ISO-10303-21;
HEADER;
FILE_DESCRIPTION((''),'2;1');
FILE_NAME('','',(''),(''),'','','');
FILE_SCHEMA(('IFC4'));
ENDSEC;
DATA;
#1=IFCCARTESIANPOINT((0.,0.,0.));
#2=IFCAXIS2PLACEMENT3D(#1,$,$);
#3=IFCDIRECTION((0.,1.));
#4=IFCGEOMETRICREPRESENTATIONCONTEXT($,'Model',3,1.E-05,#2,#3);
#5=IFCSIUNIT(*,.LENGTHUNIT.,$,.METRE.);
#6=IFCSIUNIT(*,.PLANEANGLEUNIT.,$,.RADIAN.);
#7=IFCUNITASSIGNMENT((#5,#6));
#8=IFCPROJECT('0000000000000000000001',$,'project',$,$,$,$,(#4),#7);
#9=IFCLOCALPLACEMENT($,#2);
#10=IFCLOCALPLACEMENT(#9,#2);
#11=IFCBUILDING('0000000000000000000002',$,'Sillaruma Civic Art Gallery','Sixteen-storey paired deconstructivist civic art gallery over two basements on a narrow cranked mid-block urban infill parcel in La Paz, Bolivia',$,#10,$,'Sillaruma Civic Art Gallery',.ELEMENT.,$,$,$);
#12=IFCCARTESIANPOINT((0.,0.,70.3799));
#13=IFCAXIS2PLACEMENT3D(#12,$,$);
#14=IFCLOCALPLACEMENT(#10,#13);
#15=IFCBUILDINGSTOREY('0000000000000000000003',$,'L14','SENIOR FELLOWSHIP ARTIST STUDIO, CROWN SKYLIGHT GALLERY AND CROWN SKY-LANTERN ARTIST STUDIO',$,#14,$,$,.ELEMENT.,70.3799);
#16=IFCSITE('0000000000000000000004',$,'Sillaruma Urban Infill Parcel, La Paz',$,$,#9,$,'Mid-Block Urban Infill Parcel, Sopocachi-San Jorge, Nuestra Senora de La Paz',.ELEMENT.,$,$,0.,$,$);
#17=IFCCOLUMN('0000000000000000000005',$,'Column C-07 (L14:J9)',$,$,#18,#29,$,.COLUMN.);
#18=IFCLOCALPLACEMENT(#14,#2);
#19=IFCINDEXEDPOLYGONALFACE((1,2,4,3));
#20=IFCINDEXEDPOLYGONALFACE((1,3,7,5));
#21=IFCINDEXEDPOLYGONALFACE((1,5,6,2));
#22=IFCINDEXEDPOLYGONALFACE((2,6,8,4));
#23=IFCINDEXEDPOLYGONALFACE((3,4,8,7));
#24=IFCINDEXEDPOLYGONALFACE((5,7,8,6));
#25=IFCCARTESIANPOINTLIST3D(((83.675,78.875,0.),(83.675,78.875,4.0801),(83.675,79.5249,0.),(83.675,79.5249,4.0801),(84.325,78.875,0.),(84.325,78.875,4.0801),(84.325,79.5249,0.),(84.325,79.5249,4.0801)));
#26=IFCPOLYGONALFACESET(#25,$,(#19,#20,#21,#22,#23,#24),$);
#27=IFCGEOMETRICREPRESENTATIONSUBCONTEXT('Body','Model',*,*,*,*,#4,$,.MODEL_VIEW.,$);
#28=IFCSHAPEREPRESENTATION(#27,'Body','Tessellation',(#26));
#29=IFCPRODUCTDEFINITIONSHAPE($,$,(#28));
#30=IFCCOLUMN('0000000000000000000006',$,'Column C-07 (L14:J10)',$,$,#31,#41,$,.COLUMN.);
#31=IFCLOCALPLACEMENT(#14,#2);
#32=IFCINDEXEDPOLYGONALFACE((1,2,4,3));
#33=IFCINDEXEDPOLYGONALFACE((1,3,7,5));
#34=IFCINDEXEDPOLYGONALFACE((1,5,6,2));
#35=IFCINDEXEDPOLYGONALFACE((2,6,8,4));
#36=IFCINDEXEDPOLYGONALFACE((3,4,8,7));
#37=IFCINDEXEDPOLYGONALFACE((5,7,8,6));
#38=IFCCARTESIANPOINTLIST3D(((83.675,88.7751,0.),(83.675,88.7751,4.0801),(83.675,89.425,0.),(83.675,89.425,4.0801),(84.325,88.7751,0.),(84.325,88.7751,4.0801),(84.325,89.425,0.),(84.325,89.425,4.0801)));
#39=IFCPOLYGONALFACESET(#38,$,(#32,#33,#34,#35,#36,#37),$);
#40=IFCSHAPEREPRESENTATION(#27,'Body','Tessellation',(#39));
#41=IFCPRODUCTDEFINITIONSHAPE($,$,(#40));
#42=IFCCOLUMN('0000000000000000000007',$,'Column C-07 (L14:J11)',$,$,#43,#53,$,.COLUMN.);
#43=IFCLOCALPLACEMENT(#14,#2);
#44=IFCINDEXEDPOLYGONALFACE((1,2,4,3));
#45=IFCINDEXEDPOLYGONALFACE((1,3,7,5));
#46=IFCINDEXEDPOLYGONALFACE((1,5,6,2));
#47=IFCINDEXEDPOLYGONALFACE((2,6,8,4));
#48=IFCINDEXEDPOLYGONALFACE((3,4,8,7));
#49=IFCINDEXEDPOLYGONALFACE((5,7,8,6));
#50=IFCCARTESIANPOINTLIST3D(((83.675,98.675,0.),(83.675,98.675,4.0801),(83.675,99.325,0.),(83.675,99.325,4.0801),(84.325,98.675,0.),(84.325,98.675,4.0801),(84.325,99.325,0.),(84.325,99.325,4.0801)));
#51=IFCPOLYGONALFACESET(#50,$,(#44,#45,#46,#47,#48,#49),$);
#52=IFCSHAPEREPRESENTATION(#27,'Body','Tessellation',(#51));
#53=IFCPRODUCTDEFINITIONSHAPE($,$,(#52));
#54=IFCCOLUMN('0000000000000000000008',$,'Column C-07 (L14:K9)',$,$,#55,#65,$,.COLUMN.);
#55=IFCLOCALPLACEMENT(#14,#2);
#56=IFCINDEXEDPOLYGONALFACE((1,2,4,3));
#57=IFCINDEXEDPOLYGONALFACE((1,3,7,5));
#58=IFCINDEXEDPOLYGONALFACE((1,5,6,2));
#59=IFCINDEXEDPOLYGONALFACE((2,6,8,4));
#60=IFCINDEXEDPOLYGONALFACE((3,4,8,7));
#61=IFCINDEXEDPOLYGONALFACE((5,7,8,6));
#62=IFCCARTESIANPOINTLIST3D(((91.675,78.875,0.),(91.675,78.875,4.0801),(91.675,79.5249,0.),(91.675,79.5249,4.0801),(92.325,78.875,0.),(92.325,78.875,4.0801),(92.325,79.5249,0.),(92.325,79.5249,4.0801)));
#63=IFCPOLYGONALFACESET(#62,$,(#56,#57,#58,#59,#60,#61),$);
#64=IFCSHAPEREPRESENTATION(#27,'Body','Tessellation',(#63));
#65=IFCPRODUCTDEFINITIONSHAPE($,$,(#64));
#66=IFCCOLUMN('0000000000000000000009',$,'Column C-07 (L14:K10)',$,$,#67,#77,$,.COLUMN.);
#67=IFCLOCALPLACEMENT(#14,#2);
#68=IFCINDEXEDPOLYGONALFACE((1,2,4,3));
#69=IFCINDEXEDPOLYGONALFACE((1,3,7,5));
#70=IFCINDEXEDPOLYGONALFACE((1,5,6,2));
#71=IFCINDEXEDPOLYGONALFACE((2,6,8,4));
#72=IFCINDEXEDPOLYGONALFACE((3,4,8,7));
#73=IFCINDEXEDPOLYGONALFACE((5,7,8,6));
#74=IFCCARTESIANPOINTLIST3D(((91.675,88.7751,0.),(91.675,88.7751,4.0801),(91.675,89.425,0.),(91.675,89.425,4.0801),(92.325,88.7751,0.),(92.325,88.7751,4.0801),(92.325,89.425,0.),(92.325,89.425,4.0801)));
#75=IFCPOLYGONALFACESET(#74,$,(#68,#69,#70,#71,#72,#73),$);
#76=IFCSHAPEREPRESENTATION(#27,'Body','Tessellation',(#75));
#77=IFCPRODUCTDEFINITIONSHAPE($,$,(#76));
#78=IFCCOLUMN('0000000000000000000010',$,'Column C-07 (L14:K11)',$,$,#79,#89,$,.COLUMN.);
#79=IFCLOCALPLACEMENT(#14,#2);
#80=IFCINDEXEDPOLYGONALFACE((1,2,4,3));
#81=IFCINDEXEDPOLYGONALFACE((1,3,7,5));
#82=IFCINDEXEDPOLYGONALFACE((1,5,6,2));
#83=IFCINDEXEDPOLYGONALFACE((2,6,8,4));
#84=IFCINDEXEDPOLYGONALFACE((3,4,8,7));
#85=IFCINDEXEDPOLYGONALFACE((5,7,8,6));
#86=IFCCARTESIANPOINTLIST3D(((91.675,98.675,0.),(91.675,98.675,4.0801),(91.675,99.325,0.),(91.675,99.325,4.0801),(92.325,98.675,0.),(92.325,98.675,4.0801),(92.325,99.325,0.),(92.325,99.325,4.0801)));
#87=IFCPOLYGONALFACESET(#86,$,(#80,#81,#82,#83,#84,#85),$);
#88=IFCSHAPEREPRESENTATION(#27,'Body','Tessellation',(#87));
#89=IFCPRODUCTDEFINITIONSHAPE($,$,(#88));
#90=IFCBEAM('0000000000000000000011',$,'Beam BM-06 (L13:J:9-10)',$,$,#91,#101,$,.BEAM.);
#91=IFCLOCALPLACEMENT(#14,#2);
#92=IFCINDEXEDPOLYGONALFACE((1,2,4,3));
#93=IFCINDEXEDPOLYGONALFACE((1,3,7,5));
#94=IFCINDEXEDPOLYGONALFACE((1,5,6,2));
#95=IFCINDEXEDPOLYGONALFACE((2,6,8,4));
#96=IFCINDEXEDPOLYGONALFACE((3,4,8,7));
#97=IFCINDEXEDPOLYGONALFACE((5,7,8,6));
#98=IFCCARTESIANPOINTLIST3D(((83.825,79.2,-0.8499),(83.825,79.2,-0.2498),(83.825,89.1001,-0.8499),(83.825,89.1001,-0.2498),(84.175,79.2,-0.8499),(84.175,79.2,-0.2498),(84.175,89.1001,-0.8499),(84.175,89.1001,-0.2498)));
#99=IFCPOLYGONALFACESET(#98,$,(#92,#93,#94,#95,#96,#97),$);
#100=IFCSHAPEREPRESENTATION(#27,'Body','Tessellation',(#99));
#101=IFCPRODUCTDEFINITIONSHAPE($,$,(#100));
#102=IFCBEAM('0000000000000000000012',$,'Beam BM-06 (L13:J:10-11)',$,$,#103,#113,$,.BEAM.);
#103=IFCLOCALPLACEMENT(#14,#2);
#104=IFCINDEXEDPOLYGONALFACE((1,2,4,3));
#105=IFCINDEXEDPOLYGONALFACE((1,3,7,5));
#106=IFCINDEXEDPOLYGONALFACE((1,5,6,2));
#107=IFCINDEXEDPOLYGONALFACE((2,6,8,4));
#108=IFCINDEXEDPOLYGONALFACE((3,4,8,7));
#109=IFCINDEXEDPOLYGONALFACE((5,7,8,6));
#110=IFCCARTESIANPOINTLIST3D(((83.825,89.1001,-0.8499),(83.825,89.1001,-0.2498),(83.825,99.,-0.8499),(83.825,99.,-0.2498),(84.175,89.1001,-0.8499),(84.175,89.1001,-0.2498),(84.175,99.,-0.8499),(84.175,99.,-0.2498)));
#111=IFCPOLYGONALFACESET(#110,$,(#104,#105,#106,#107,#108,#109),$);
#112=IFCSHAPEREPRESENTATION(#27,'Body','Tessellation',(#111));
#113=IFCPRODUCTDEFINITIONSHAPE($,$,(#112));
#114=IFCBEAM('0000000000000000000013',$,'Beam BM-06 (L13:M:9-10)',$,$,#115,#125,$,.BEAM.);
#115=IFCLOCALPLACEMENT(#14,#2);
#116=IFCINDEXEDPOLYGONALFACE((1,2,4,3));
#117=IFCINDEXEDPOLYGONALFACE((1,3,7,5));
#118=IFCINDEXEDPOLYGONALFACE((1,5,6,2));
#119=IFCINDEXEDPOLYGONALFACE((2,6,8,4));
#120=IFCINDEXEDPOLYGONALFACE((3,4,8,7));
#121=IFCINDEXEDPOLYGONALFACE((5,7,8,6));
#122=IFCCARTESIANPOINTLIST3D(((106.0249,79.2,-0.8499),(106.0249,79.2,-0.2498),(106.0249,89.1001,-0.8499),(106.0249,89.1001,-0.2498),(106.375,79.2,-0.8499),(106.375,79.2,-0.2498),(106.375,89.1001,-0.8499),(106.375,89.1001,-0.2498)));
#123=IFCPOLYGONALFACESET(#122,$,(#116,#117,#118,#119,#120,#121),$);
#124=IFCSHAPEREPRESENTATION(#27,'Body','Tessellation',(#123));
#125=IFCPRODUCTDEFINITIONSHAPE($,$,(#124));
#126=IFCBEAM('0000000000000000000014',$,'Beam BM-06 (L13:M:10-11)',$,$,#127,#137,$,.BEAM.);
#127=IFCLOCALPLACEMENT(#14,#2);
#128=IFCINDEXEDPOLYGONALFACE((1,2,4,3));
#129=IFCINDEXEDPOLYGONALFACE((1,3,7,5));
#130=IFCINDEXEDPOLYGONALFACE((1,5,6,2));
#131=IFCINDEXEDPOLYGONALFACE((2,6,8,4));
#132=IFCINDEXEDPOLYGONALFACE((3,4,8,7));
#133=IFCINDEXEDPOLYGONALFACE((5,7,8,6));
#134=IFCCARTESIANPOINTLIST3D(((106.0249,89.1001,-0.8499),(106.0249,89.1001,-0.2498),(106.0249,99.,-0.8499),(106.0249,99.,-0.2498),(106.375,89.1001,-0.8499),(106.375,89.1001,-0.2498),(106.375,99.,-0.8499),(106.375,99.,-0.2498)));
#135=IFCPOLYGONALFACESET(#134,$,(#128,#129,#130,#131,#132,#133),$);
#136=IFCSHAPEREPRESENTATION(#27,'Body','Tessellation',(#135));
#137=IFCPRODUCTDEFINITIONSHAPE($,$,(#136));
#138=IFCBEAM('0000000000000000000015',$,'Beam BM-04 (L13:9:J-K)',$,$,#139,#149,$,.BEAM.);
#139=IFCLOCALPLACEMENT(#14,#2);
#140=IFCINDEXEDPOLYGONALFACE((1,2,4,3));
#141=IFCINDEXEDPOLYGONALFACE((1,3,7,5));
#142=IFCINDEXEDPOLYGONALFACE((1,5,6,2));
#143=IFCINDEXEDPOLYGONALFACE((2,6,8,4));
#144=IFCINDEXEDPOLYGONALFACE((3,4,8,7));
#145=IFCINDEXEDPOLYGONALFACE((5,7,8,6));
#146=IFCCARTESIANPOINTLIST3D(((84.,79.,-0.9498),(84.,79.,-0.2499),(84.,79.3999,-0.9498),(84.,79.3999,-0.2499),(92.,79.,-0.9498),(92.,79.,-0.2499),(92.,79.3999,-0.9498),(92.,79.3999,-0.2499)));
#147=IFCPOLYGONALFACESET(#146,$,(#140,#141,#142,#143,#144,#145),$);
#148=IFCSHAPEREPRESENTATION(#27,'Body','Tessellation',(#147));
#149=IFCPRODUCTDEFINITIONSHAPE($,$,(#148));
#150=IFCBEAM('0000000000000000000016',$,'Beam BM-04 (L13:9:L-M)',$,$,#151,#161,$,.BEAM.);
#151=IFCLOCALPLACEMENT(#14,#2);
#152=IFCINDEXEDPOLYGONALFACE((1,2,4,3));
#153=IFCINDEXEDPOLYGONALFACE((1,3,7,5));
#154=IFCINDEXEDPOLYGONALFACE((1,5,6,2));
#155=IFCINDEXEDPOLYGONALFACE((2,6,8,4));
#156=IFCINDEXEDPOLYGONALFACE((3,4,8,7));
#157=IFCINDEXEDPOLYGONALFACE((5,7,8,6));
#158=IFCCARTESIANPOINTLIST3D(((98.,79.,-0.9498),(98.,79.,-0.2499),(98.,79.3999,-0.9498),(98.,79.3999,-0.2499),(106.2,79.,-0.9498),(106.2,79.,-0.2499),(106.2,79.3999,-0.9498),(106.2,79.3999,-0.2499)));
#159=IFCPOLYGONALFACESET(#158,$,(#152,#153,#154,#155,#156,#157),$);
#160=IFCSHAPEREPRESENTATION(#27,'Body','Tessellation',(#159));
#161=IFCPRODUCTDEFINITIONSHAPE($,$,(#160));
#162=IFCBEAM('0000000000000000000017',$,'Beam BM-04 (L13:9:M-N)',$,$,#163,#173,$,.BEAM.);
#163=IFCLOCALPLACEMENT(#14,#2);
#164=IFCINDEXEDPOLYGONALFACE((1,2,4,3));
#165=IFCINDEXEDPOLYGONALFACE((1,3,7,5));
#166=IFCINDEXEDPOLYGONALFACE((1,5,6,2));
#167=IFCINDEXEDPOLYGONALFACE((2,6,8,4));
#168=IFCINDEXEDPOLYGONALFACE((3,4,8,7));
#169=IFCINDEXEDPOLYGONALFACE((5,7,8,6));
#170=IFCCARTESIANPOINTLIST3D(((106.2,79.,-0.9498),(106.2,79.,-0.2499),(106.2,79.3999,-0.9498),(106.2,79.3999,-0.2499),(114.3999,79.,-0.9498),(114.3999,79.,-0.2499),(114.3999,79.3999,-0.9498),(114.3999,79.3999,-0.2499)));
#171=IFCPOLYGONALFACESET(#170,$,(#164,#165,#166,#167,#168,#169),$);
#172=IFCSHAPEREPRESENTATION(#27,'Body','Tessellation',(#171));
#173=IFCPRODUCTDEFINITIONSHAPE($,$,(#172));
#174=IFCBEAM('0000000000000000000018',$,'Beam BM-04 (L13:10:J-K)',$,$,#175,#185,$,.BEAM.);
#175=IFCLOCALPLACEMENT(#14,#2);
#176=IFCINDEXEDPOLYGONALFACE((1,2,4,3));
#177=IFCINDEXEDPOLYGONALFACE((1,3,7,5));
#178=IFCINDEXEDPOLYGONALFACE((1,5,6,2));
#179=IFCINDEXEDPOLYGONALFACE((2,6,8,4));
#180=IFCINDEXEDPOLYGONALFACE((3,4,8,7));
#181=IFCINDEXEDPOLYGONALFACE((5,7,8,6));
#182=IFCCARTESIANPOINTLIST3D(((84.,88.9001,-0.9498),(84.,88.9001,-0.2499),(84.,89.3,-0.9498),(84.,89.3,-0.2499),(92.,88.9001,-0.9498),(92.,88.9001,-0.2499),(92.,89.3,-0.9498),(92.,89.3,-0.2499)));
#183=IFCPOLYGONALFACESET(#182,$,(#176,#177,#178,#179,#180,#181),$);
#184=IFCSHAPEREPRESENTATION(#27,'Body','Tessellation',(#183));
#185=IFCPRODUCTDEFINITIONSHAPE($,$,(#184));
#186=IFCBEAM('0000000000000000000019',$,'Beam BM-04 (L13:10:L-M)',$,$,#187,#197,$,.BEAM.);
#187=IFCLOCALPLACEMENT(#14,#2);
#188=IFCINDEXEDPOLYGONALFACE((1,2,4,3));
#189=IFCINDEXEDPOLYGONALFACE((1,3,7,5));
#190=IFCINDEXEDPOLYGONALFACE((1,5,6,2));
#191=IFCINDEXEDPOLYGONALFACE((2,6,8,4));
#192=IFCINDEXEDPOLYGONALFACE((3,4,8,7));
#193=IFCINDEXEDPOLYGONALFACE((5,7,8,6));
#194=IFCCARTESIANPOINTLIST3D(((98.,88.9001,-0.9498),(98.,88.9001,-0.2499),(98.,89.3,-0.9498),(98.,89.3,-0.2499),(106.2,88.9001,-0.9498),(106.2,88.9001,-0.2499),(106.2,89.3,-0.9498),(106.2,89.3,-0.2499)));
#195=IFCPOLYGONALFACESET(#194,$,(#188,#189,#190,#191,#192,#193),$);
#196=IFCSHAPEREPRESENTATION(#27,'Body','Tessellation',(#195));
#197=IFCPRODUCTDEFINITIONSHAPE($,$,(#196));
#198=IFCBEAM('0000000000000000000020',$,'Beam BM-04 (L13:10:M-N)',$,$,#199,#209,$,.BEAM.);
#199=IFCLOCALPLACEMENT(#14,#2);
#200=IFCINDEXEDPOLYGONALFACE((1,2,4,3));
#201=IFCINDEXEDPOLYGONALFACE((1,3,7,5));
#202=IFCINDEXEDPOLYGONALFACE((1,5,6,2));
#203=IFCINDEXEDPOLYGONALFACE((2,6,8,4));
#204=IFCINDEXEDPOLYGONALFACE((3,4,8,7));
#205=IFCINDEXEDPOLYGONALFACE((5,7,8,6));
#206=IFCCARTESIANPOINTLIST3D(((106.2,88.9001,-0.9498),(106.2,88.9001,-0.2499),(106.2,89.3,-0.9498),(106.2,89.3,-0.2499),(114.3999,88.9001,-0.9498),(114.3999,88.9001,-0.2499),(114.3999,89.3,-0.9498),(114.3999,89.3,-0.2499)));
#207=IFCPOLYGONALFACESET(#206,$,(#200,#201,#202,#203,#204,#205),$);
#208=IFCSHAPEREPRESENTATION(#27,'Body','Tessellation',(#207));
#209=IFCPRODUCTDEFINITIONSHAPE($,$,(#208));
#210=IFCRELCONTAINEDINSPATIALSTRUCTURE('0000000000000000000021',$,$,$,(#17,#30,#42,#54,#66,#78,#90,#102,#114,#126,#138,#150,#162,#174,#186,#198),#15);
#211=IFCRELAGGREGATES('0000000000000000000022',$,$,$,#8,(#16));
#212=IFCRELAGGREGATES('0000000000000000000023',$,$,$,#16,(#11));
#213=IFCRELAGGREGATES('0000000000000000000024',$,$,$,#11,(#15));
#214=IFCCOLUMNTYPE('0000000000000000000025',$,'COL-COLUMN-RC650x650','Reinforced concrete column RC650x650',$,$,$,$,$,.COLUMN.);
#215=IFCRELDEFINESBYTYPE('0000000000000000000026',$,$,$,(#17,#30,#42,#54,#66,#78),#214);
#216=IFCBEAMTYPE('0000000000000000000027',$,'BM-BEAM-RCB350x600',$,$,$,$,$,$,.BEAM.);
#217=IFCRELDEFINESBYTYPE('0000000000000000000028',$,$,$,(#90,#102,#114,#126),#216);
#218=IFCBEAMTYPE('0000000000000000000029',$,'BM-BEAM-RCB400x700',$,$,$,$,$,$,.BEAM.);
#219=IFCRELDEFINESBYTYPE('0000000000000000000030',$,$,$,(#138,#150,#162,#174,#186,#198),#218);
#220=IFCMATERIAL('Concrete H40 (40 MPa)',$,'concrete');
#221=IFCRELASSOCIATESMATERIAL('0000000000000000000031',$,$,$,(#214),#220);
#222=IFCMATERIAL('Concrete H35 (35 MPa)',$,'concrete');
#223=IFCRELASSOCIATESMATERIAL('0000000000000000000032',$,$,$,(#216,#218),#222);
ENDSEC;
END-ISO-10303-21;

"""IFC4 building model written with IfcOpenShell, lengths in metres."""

from ifc_helpers import new_model, si_unit, direction, frame, origin, origin_2d, place, context, subcontext, project, spatial, rectangle, extrude, material, material_profile, profile_set, type_object, element, save


model = new_model("IFC4")

# Units and contexts
model_context = context("Model", 3, precision=1e-05, world=origin(), true_north=direction((0.0, 1.0)))
body_context = subcontext(model_context, "Body", "Model", "MODEL_VIEW")
ifc_project = project(units=[si_unit("LENGTHUNIT", "METRE"), si_unit("PLANEANGLEUNIT", "RADIAN")], contexts=[model_context])

# Site, building, storey
site_placement = place(None, origin())
site = spatial("IfcSite", under=ifc_project, at=site_placement, Name="Sillaruma Urban Infill Parcel, La Paz", LongName="Mid-Block Urban Infill Parcel, Sopocachi-San Jorge, Nuestra Senora de La Paz", CompositionType="ELEMENT", RefElevation=0.0)
building_placement = place(site_placement, origin())
building = spatial("IfcBuilding", under=site, at=building_placement, Name="Sillaruma Civic Art Gallery", Description="Sixteen-storey paired deconstructivist civic art gallery over two basements on a narrow cranked mid-block urban infill parcel in La Paz, Bolivia", LongName="Sillaruma Civic Art Gallery", CompositionType="ELEMENT")
storey_placement = place(building_placement, frame((0.0, 0.0, 70.3799)))
storey = spatial("IfcBuildingStorey", under=building, at=storey_placement, Name="L14", Description="SENIOR FELLOWSHIP ARTIST STUDIO, CROWN SKYLIGHT GALLERY AND CROWN SKY-LANTERN ARTIST STUDIO", CompositionType="ELEMENT", Elevation=70.3799)

# Columns
ifc_material_1 = material(Name="Concrete H40 (40 MPa)", Category="concrete")
ifc_material_profile_1 = material_profile(ifc_material_1, rectangle(XDim=0.6499, YDim=0.6499, at=origin_2d()), Name="RC650x650")
ifc_profile_set_1 = profile_set([ifc_material_profile_1], Name="Concrete H40 (40 MPa)")
column_type = type_object("IfcColumnType", Name="COL-COLUMN-RC650x650", Description="Reinforced concrete column RC650x650", PredefinedType="COLUMN", material=ifc_profile_set_1)
for number, where, z_axis, x_axis, name in (
    (1, (84.0, 79.2, 0.0), (0.0, 0.0, 1.0), (1.0, 0.0, 0.0), "Column C-07 (L14:J9)"),
    (2, (84.0, 89.1001, 0.0), (0.0, 0.0, 1.0), (1.0, 0.0, 0.0), "Column C-07 (L14:J10)"),
    (3, (84.0, 99.0, 0.0), (0.0, 0.0, 1.0), (1.0, 0.0, 0.0), "Column C-07 (L14:J11)"),
    (4, (92.0, 79.2, 0.0), (0.0, 0.0, 1.0), (1.0, 0.0, 0.0), "Column C-07 (L14:K9)"),
    (5, (92.0, 89.1001, 0.0), (0.0, 0.0, 1.0), (1.0, 0.0, 0.0), "Column C-07 (L14:K10)"),
    (6, (92.0, 99.0, 0.0), (0.0, 0.0, 1.0), (1.0, 0.0, 0.0), "Column C-07 (L14:K11)"),
):
    element("IfcColumn", number, at=place(storey_placement, frame(where, z_axis=z_axis, x_axis=x_axis)), inside=storey, type_object=column_type, Name=name, PredefinedType="COLUMN", context=body_context, shape_type="SweptSolid", body=[
        extrude(rectangle(XDim=0.6499, YDim=0.6499, at=origin_2d()), origin(), (0.0, 0.0, 1.0), 4.0801),
    ])

# Beams
ifc_material_2 = material(Name="Concrete H35 (35 MPa)", Category="concrete")
ifc_material_profile_2 = material_profile(ifc_material_2, rectangle(XDim=0.3501, YDim=0.6001, at=origin_2d()), Name="RCB350x600")
ifc_profile_set_2 = profile_set([ifc_material_profile_2], Name="Concrete H35 (35 MPa)")
beam_type_1 = type_object("IfcBeamType", Name="BM-BEAM-RCB350x600", PredefinedType="BEAM", material=ifc_profile_set_2)
beam_1_placement = place(storey_placement, frame((84.0, 79.2, -0.5498), z_axis=(0.0, 1.0, 0.0), x_axis=(-1.0, 0.0, 0.0)))
element("IfcBeam", 7, at=beam_1_placement, inside=storey, type_object=beam_type_1, Name="Beam BM-06 (L13:J:9-10)", PredefinedType="BEAM", context=body_context, shape_type="SweptSolid", body=[
    extrude(rectangle(XDim=0.3501, YDim=0.6001, at=origin_2d()), origin(), (0.0, 0.0, 1.0), 9.9001),
])
beam_2_placement = place(storey_placement, frame((84.0, 89.1001, -0.5498), z_axis=(0.0, 1.0, 0.0), x_axis=(-1.0, 0.0, 0.0)))
element("IfcBeam", 8, at=beam_2_placement, inside=storey, type_object=beam_type_1, Name="Beam BM-06 (L13:J:10-11)", PredefinedType="BEAM", context=body_context, shape_type="SweptSolid", body=[
    extrude(rectangle(XDim=0.3501, YDim=0.6001, at=origin_2d()), origin(), (0.0, 0.0, 1.0), 9.8999),
])
beam_3_placement = place(storey_placement, frame((106.2, 79.2, -0.5498), z_axis=(0.0, 1.0, 0.0), x_axis=(-1.0, 0.0, 0.0)))
element("IfcBeam", 9, at=beam_3_placement, inside=storey, type_object=beam_type_1, Name="Beam BM-06 (L13:M:9-10)", PredefinedType="BEAM", context=body_context, shape_type="SweptSolid", body=[
    extrude(rectangle(XDim=0.3501, YDim=0.6001, at=origin_2d()), origin(), (0.0, 0.0, 1.0), 9.9001),
])
beam_4_placement = place(storey_placement, frame((106.2, 89.1001, -0.5498), z_axis=(0.0, 1.0, 0.0), x_axis=(-1.0, 0.0, 0.0)))
element("IfcBeam", 10, at=beam_4_placement, inside=storey, type_object=beam_type_1, Name="Beam BM-06 (L13:M:10-11)", PredefinedType="BEAM", context=body_context, shape_type="SweptSolid", body=[
    extrude(rectangle(XDim=0.3501, YDim=0.6001, at=origin_2d()), origin(), (0.0, 0.0, 1.0), 9.8999),
])
ifc_material_profile_3 = material_profile(ifc_material_2, rectangle(XDim=0.3999, YDim=0.7, at=origin_2d()), Name="RCB400x700")
ifc_profile_set_3 = profile_set([ifc_material_profile_3], Name="Concrete H35 (35 MPa)")
beam_type_2 = type_object("IfcBeamType", Name="BM-BEAM-RCB400x700", PredefinedType="BEAM", material=ifc_profile_set_3)
beam_5_placement = place(storey_placement, frame((84.0, 79.2, -0.5999), z_axis=(1.0, 0.0, 0.0), x_axis=(0.0, 1.0, 0.0)))
element("IfcBeam", 11, at=beam_5_placement, inside=storey, type_object=beam_type_2, Name="Beam BM-04 (L13:9:J-K)", PredefinedType="BEAM", context=body_context, shape_type="SweptSolid", body=[
    extrude(rectangle(XDim=0.3999, YDim=0.7, at=origin_2d()), origin(), (0.0, 0.0, 1.0), 8.0),
])
for number, where, z_axis, x_axis, name in (
    (12, (98.0, 79.2, -0.5999), (1.0, 0.0, 0.0), (0.0, 1.0, 0.0), "Beam BM-04 (L13:9:L-M)"),
    (13, (106.2, 79.2, -0.5999), (1.0, 0.0, 0.0), (0.0, 1.0, 0.0), "Beam BM-04 (L13:9:M-N)"),
):
    element("IfcBeam", number, at=place(storey_placement, frame(where, z_axis=z_axis, x_axis=x_axis)), inside=storey, type_object=beam_type_2, Name=name, PredefinedType="BEAM", context=body_context, shape_type="SweptSolid", body=[
        extrude(rectangle(XDim=0.3999, YDim=0.7, at=origin_2d()), origin(), (0.0, 0.0, 1.0), 8.2),
    ])
beam_6_placement = place(storey_placement, frame((84.0, 89.1001, -0.5999), z_axis=(1.0, 0.0, 0.0), x_axis=(0.0, 1.0, 0.0)))
element("IfcBeam", 14, at=beam_6_placement, inside=storey, type_object=beam_type_2, Name="Beam BM-04 (L13:10:J-K)", PredefinedType="BEAM", context=body_context, shape_type="SweptSolid", body=[
    extrude(rectangle(XDim=0.3999, YDim=0.7, at=origin_2d()), origin(), (0.0, 0.0, 1.0), 8.0),
])
for number, where, z_axis, x_axis, name in (
    (15, (98.0, 89.1001, -0.5999), (1.0, 0.0, 0.0), (0.0, 1.0, 0.0), "Beam BM-04 (L13:10:L-M)"),
    (16, (106.2, 89.1001, -0.5999), (1.0, 0.0, 0.0), (0.0, 1.0, 0.0), "Beam BM-04 (L13:10:M-N)"),
):
    element("IfcBeam", number, at=place(storey_placement, frame(where, z_axis=z_axis, x_axis=x_axis)), inside=storey, type_object=beam_type_2, Name=name, PredefinedType="BEAM", context=body_context, shape_type="SweptSolid", body=[
        extrude(rectangle(XDim=0.3999, YDim=0.7, at=origin_2d()), origin(), (0.0, 0.0, 1.0), 8.2),
    ])

save(model, "model.ifc")
